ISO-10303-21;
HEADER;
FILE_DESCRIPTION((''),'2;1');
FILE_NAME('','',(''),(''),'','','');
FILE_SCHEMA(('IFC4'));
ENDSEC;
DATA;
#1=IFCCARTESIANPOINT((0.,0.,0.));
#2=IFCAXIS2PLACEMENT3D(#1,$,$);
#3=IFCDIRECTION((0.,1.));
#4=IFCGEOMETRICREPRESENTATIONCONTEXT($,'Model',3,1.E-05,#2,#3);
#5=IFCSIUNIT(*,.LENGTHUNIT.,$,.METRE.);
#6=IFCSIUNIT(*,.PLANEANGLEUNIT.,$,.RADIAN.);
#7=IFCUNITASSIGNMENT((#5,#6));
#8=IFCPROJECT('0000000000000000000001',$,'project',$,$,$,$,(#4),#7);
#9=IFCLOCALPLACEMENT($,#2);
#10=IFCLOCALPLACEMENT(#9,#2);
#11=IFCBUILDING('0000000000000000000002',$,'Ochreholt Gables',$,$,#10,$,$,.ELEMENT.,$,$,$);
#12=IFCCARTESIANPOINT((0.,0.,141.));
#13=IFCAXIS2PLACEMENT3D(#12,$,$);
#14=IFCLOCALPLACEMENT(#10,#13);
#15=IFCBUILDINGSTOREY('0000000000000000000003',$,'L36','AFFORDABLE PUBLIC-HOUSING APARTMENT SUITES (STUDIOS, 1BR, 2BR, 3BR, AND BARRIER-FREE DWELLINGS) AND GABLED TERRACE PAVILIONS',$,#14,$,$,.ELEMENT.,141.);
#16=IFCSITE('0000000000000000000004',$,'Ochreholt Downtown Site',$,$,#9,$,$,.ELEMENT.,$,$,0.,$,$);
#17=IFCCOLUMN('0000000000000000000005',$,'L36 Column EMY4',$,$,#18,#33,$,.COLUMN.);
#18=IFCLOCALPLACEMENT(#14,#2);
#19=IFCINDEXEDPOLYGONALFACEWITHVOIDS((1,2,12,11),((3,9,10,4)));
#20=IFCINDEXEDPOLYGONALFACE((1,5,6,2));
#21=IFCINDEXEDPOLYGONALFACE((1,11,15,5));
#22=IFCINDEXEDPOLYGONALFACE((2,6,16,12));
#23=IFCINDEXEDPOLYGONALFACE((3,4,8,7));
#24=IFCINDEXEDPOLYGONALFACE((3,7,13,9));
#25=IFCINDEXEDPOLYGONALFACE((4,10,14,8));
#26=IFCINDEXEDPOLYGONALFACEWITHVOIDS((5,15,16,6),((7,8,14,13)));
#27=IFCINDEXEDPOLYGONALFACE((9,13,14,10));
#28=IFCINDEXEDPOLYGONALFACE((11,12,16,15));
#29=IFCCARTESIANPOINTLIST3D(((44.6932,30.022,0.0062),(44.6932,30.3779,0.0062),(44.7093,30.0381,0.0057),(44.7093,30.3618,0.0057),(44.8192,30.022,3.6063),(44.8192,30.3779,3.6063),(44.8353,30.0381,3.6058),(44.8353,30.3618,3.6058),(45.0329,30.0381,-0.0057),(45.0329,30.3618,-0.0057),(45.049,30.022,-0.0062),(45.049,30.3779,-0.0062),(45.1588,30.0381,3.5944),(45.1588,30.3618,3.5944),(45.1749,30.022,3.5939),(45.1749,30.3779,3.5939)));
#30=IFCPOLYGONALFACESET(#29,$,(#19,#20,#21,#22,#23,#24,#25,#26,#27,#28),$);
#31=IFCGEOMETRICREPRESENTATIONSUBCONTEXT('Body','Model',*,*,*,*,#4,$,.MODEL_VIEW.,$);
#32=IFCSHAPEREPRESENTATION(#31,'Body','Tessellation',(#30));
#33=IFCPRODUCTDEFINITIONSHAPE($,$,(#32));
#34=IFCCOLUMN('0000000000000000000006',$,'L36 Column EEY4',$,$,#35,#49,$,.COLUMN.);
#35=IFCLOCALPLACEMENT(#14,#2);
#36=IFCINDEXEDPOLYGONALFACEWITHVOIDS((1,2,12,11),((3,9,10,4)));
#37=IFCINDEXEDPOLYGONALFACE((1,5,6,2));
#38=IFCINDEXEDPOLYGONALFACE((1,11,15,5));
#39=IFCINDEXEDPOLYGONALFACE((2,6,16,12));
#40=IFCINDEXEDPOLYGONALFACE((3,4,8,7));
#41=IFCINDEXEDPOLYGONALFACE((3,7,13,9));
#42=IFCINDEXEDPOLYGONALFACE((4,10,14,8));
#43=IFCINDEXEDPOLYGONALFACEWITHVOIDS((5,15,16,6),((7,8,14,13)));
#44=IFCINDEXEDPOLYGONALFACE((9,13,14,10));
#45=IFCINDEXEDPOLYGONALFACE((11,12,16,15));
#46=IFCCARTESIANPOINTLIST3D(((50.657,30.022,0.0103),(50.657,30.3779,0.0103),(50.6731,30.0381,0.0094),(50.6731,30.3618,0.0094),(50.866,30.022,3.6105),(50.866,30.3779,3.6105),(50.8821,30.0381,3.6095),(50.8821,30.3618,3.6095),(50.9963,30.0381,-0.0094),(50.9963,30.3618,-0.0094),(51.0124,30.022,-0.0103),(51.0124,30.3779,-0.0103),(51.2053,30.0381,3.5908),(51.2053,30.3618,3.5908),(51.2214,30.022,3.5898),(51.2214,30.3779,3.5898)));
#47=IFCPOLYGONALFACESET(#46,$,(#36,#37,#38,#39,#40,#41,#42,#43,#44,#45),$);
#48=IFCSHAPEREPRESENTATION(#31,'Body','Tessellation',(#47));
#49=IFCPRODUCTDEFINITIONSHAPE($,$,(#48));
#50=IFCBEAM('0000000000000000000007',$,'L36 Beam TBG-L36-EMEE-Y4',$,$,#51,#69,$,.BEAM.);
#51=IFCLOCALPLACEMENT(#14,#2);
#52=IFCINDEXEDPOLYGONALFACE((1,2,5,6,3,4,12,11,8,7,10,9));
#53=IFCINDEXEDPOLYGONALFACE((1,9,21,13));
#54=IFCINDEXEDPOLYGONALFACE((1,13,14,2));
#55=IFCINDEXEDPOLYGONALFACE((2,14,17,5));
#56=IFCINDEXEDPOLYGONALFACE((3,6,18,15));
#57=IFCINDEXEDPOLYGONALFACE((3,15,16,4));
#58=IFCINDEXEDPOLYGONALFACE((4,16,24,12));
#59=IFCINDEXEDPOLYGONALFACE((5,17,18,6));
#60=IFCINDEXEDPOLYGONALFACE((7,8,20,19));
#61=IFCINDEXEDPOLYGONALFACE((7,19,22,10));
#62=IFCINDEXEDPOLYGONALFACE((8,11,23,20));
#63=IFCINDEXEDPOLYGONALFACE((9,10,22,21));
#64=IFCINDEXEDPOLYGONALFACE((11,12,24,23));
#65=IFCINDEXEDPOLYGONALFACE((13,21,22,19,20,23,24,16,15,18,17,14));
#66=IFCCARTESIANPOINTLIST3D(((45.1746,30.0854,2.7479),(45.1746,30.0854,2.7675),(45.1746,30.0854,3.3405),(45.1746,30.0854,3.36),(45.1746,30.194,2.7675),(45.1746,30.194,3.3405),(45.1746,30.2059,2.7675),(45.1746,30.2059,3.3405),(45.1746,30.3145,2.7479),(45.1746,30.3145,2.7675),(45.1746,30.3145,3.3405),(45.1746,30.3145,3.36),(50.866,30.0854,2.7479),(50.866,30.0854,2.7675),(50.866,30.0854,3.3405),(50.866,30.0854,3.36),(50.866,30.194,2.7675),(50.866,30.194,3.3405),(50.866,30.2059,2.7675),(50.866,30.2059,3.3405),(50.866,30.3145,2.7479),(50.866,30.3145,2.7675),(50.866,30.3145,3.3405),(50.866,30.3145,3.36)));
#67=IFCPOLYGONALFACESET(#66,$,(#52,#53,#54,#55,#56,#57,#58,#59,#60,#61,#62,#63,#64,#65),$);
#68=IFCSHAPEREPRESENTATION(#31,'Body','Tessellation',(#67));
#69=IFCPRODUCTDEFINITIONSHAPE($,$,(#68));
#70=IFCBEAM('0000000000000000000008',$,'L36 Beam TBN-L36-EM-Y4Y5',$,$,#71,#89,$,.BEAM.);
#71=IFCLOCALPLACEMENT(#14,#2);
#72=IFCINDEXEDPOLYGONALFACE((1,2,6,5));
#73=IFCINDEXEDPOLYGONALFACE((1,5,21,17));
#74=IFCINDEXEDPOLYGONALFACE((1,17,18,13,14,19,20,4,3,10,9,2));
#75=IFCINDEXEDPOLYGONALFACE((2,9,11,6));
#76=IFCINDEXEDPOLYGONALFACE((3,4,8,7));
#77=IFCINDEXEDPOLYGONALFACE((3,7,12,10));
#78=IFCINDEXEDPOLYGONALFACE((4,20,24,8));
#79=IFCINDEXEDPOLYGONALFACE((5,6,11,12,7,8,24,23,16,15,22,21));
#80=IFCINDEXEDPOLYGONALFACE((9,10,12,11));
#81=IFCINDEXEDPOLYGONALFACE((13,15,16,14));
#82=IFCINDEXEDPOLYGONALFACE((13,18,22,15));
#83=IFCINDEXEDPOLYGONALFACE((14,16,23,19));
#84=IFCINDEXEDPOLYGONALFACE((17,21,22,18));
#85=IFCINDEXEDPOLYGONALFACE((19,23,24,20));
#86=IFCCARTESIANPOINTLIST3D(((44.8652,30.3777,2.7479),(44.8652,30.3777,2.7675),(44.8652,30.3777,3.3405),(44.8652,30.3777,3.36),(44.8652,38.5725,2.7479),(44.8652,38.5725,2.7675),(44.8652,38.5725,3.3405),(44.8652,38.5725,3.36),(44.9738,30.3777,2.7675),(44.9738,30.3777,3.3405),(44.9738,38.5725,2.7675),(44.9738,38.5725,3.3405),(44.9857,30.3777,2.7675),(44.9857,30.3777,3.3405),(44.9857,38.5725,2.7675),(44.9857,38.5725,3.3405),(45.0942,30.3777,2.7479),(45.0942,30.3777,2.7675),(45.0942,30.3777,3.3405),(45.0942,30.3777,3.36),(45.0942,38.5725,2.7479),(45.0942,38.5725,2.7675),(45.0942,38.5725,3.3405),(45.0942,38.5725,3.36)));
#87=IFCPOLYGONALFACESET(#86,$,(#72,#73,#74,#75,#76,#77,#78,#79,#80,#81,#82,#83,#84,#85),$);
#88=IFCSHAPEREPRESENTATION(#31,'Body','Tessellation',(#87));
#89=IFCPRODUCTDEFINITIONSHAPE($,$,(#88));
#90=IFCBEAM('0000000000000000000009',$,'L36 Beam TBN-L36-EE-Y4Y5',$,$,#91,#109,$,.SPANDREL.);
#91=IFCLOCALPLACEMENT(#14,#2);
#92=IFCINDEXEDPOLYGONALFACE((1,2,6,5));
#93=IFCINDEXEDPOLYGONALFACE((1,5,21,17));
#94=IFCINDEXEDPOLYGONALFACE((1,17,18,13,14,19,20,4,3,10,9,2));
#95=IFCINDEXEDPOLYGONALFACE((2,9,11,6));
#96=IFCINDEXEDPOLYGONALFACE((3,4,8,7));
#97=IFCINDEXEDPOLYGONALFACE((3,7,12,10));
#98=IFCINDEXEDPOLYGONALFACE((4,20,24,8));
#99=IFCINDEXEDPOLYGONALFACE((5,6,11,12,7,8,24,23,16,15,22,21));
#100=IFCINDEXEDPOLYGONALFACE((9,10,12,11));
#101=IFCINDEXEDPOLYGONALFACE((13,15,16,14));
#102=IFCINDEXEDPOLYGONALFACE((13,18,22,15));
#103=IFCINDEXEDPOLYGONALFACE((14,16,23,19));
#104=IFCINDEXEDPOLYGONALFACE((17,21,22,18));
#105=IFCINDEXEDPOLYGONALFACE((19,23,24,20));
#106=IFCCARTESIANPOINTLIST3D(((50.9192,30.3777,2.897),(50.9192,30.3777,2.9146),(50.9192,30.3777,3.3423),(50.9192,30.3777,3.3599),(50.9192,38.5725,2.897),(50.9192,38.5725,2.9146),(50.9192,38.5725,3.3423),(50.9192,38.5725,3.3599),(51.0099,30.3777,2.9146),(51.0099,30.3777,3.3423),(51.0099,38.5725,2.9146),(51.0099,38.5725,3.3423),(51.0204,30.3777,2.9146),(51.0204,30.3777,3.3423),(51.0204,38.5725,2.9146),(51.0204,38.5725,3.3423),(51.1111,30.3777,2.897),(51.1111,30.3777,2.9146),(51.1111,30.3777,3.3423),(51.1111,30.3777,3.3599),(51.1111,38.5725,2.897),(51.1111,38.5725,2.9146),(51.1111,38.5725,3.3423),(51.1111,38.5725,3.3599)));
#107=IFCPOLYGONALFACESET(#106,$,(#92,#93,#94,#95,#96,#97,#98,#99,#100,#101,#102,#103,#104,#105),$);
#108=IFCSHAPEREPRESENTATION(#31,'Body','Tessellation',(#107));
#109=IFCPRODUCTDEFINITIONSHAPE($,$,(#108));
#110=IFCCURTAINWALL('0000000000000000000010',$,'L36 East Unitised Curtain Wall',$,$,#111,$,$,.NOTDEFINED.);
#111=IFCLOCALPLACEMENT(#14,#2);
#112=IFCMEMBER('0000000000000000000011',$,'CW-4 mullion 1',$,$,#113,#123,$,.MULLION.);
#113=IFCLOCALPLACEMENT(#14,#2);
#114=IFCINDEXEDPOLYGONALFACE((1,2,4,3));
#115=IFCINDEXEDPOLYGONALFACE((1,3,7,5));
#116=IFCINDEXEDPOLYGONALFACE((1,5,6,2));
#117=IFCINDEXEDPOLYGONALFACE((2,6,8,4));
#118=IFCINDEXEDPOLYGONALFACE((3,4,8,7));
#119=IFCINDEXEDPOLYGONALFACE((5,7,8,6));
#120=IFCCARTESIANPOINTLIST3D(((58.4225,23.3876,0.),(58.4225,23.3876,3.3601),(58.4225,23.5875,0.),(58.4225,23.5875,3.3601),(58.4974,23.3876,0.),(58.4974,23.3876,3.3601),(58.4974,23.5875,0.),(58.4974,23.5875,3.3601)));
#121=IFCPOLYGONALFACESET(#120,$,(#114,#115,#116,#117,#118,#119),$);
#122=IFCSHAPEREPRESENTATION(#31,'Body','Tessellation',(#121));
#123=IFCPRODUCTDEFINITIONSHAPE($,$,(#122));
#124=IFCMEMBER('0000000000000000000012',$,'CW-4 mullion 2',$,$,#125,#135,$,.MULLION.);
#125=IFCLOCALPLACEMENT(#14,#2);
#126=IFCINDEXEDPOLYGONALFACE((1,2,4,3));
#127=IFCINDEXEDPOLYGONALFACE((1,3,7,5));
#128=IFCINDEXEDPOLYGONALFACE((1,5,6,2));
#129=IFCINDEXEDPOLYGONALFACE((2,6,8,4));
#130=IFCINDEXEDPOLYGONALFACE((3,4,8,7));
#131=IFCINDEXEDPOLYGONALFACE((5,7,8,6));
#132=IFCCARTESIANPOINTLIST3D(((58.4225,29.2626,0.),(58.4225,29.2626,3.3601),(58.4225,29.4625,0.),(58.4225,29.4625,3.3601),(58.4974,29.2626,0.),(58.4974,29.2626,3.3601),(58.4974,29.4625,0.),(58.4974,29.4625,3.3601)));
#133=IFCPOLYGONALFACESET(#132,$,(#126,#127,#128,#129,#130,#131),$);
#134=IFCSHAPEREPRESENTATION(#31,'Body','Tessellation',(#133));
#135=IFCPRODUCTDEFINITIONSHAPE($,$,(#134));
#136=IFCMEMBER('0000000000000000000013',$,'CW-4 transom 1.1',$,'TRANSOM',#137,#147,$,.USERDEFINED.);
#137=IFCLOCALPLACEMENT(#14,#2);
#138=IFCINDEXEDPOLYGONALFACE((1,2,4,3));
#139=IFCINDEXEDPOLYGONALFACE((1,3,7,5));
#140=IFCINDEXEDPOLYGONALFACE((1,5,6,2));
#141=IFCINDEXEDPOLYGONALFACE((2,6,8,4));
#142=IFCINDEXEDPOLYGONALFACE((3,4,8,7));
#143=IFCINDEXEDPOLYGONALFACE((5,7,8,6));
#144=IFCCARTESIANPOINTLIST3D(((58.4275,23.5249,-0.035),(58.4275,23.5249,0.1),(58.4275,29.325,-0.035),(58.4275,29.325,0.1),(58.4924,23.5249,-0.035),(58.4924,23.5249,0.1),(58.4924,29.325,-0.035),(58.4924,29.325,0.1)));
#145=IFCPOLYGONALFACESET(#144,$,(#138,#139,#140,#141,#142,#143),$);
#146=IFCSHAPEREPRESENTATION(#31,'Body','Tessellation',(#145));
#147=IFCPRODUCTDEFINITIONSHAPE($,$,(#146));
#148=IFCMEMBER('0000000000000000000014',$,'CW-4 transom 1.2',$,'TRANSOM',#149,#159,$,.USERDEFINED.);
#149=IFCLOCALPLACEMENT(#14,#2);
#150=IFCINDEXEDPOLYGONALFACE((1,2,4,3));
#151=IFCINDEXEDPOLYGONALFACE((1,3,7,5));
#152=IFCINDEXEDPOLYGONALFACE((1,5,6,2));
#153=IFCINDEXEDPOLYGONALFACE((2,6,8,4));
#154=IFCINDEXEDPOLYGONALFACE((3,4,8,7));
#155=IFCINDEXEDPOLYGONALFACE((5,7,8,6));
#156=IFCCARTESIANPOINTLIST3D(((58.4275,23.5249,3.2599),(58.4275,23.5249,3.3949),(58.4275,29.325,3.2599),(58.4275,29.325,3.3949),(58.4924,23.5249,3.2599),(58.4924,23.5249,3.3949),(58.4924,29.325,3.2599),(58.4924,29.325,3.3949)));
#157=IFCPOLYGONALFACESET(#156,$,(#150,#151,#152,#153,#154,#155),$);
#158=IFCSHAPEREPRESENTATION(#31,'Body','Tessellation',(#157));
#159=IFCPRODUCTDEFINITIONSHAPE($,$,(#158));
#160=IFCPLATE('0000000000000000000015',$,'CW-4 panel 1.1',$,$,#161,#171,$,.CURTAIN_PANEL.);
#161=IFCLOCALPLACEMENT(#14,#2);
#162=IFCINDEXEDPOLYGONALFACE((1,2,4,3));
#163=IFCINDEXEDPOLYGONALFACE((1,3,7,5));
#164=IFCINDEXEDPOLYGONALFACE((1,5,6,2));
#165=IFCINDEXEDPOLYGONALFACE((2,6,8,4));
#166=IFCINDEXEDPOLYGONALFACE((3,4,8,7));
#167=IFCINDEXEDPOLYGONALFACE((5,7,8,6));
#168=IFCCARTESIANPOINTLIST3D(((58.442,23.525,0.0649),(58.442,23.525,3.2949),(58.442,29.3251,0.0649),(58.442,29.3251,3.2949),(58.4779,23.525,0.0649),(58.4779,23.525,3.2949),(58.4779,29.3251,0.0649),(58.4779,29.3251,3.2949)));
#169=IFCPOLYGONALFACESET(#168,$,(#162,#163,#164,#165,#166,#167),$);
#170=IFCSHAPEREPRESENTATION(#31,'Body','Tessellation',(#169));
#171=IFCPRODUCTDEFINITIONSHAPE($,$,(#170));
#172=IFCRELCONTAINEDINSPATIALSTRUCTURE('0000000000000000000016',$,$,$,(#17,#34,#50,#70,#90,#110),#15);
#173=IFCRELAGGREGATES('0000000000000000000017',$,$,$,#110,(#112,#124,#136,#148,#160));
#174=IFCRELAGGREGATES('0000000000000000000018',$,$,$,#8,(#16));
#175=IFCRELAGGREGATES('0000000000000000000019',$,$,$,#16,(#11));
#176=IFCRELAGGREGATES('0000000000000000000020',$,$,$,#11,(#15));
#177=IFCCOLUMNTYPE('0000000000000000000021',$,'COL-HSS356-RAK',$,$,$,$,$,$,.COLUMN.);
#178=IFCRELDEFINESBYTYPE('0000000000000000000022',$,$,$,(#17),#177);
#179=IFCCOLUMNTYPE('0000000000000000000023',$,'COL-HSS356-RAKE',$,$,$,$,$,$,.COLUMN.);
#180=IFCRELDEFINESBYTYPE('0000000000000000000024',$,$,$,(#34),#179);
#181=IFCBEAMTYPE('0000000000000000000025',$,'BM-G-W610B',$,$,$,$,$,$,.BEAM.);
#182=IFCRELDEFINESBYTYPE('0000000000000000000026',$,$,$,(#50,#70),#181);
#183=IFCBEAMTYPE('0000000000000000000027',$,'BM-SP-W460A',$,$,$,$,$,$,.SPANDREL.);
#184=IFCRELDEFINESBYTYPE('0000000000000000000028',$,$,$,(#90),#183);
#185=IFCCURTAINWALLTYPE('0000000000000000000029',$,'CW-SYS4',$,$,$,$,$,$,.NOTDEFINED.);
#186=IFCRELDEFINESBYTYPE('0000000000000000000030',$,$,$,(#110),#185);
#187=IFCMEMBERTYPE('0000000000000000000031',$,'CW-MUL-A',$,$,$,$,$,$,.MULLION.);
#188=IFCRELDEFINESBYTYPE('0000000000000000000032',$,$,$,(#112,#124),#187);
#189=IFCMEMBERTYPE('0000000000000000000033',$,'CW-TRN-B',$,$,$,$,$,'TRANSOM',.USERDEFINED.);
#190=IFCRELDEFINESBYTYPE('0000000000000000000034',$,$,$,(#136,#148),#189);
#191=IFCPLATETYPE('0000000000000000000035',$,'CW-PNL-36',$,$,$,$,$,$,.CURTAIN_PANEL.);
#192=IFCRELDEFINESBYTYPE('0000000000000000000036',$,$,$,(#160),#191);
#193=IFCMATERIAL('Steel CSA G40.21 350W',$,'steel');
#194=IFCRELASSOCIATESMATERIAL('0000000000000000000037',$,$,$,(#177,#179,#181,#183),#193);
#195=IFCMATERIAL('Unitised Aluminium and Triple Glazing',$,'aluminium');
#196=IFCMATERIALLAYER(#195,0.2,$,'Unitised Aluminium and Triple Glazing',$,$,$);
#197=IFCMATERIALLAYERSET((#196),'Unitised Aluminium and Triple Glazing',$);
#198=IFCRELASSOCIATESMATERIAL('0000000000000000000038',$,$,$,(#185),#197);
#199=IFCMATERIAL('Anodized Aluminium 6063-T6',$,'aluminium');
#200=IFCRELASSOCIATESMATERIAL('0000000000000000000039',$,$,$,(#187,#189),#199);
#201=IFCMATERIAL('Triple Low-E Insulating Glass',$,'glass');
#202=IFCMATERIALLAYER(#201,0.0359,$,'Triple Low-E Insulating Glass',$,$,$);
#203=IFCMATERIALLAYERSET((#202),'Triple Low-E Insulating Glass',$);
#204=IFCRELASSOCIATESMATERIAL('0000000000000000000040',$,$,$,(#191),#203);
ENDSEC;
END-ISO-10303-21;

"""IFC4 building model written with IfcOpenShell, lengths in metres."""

from ifc_helpers import new_model, si_unit, direction, frame, origin, origin_2d, place, context, subcontext, project, spatial, rectangle, hollow_rectangle, i_section, extrude, material, layer, layer_set, material_profile, profile_set, type_object, element, aggregate, save


model = new_model("IFC4")

# Units and contexts
model_context = context("Model", 3, precision=1e-05, world=origin(), true_north=direction((0.0, 1.0)))
body_context = subcontext(model_context, "Body", "Model", "MODEL_VIEW")
ifc_project = project(units=[si_unit("LENGTHUNIT", "METRE"), si_unit("PLANEANGLEUNIT", "RADIAN")], contexts=[model_context])

# Site, building, storey
site_placement = place(None, origin())
site = spatial("IfcSite", under=ifc_project, at=site_placement, Name="Ochreholt Downtown Site", CompositionType="ELEMENT", RefElevation=0.0)
building_placement = place(site_placement, origin())
building = spatial("IfcBuilding", under=site, at=building_placement, Name="Ochreholt Gables", CompositionType="ELEMENT")
storey_placement = place(building_placement, frame((0.0, 0.0, 141.0)))
storey = spatial("IfcBuildingStorey", under=building, at=storey_placement, Name="L36", Description="AFFORDABLE PUBLIC-HOUSING APARTMENT SUITES (STUDIOS, 1BR, 2BR, 3BR, AND BARRIER-FREE DWELLINGS) AND GABLED TERRACE PAVILIONS", CompositionType="ELEMENT", Elevation=141.0)

# Columns
ifc_material_1 = material(Name="Steel CSA G40.21 350W", Category="steel")
ifc_material_profile_1 = material_profile(ifc_material_1, hollow_rectangle(XDim=0.356, YDim=0.356, WallThickness=0.0161, at=origin_2d()), Name="HSS356X356X16")
ifc_profile_set_1 = profile_set([ifc_material_profile_1], Name="Steel CSA G40.21 350W")
column_type_1 = type_object("IfcColumnType", Name="COL-HSS356-RAK", PredefinedType="COLUMN", material=ifc_profile_set_1)
column_1_placement = place(storey_placement, frame((44.8711, 30.2, 0.0), z_axis=(0.034971, 0.0, 0.999388), x_axis=(0.0, 1.0, 0.0)))
element("IfcColumn", 1, at=column_1_placement, inside=storey, type_object=column_type_1, Name="L36 Column EMY4", PredefinedType="COLUMN", context=body_context, shape_type="SweptSolid", body=[
    extrude(hollow_rectangle(XDim=0.356, YDim=0.356, WallThickness=0.0161, at=origin_2d()), origin(), (0.0, 0.0, 1.0), 3.6023),
])
ifc_material_profile_2 = material_profile(ifc_material_1, hollow_rectangle(XDim=0.356, YDim=0.356, WallThickness=0.0161, at=origin_2d()), Name="HSS356X356X16")
ifc_profile_set_2 = profile_set([ifc_material_profile_2], Name="Steel CSA G40.21 350W")
column_type_2 = type_object("IfcColumnType", Name="COL-HSS356-RAKE", PredefinedType="COLUMN", material=ifc_profile_set_2)
column_2_placement = place(storey_placement, frame((50.8347, 30.2, 0.0), z_axis=(0.057952, 0.0, 0.998319), x_axis=(0.0, 1.0, 0.0)))
element("IfcColumn", 2, at=column_2_placement, inside=storey, type_object=column_type_2, Name="L36 Column EEY4", PredefinedType="COLUMN", context=body_context, shape_type="SweptSolid", body=[
    extrude(hollow_rectangle(XDim=0.356, YDim=0.356, WallThickness=0.0161, at=origin_2d()), origin(), (0.0, 0.0, 1.0), 3.6062),
])

# Beams
ifc_material_profile_3 = material_profile(ifc_material_1, i_section(OverallWidth=0.229, OverallDepth=0.6121, WebThickness=0.012, FlangeThickness=0.0195, at=origin_2d()), Name="W610X125")
ifc_profile_set_3 = profile_set([ifc_material_profile_3], Name="Steel CSA G40.21 350W")
beam_type_1 = type_object("IfcBeamType", Name="BM-G-W610B", PredefinedType="BEAM", material=ifc_profile_set_3)
beam_1_placement = place(storey_placement, frame((45.1746, 30.2, 3.054), z_axis=(1.0, 0.0, 0.0), x_axis=(0.0, 1.0, 0.0)))
element("IfcBeam", 3, at=beam_1_placement, inside=storey, type_object=beam_type_1, Name="L36 Beam TBG-L36-EMEE-Y4", PredefinedType="BEAM", context=body_context, shape_type="SweptSolid", body=[
    extrude(i_section(OverallWidth=0.229, OverallDepth=0.6121, WebThickness=0.012, FlangeThickness=0.0195, at=origin_2d()), origin(), (0.0, 0.0, 1.0), 5.6914),
])
beam_2_placement = place(storey_placement, frame((44.9797, 30.3777, 3.054), z_axis=(0.0, 1.0, 0.0), x_axis=(-1.0, 0.0, 0.0)))
element("IfcBeam", 4, at=beam_2_placement, inside=storey, type_object=beam_type_1, Name="L36 Beam TBN-L36-EM-Y4Y5", PredefinedType="BEAM", context=body_context, shape_type="SweptSolid", body=[
    extrude(i_section(OverallWidth=0.229, OverallDepth=0.6121, WebThickness=0.012, FlangeThickness=0.0195, at=origin_2d()), origin(), (0.0, 0.0, 1.0), 8.1948),
])
ifc_material_profile_4 = material_profile(ifc_material_1, i_section(OverallWidth=0.1919, OverallDepth=0.4629, WebThickness=0.0105, FlangeThickness=0.0176, at=origin_2d()), Name="W460X89")
ifc_profile_set_4 = profile_set([ifc_material_profile_4], Name="Steel CSA G40.21 350W")
beam_type_2 = type_object("IfcBeamType", Name="BM-SP-W460A", PredefinedType="SPANDREL", material=ifc_profile_set_4)
beam_3_placement = place(storey_placement, frame((51.0151, 30.3777, 3.1284), z_axis=(0.0, 1.0, 0.0), x_axis=(-1.0, 0.0, 0.0)))
element("IfcBeam", 5, at=beam_3_placement, inside=storey, type_object=beam_type_2, Name="L36 Beam TBN-L36-EE-Y4Y5", PredefinedType="SPANDREL", context=body_context, shape_type="SweptSolid", body=[
    extrude(i_section(OverallWidth=0.1919, OverallDepth=0.4629, WebThickness=0.0105, FlangeThickness=0.0176, at=origin_2d()), origin(), (0.0, 0.0, 1.0), 8.1948),
])

# Curtain wall, members, plate
ifc_material_2 = material(Name="Unitised Aluminium and Triple Glazing", Category="aluminium")
ifc_layer_1 = layer(ifc_material_2, 0.2, Name="Unitised Aluminium and Triple Glazing")
ifc_layer_set_1 = layer_set([ifc_layer_1], Name="Unitised Aluminium and Triple Glazing")
curtain_wall_type = type_object("IfcCurtainWallType", Name="CW-SYS4", PredefinedType="NOTDEFINED", material=ifc_layer_set_1)
curtain_wall_placement = place(storey_placement, origin())
curtain_wall = element("IfcCurtainWall", 6, at=curtain_wall_placement, inside=storey, type_object=curtain_wall_type, Name="L36 East Unitised Curtain Wall", PredefinedType="NOTDEFINED")
ifc_material_3 = material(Name="Anodized Aluminium 6063-T6", Category="aluminium")
ifc_material_profile_5 = material_profile(ifc_material_3, rectangle(XDim=0.075, YDim=0.2, at=origin_2d()), Name="CWM75X200")
ifc_profile_set_5 = profile_set([ifc_material_profile_5], Name="Anodized Aluminium 6063-T6")
member_type_1 = type_object("IfcMemberType", Name="CW-MUL-A", PredefinedType="MULLION", material=ifc_profile_set_5)
member_1_placement = place(storey_placement, frame((58.46, 23.4875, 0.0), z_axis=(0.0, 0.0, 1.0), x_axis=(-1.0, 0.0, 0.0)))
member_1 = element("IfcMember", 7, at=member_1_placement, type_object=member_type_1, Name="CW-4 mullion 1", PredefinedType="MULLION", context=body_context, shape_type="SweptSolid", body=[
    extrude(rectangle(XDim=0.075, YDim=0.2, at=origin_2d()), origin(), (0.0, 0.0, 1.0), 3.3601),
])
member_2_placement = place(storey_placement, frame((58.46, 29.3625, 0.0), z_axis=(0.0, 0.0, 1.0), x_axis=(-1.0, 0.0, 0.0)))
member_2 = element("IfcMember", 8, at=member_2_placement, type_object=member_type_1, Name="CW-4 mullion 2", PredefinedType="MULLION", context=body_context, shape_type="SweptSolid", body=[
    extrude(rectangle(XDim=0.075, YDim=0.2, at=origin_2d()), origin(), (0.0, 0.0, 1.0), 3.3601),
])
ifc_material_profile_6 = material_profile(ifc_material_3, rectangle(XDim=0.0649, YDim=0.135, at=origin_2d()), Name="CWT65X135")
ifc_profile_set_6 = profile_set([ifc_material_profile_6], Name="Anodized Aluminium 6063-T6")
member_type_2 = type_object("IfcMemberType", Name="CW-TRN-B", ElementType="TRANSOM", PredefinedType="USERDEFINED", material=ifc_profile_set_6)
member_3_placement = place(storey_placement, frame((58.46, 23.5249, 0.0325), z_axis=(0.0, 1.0, 0.0), x_axis=(-1.0, 0.0, 0.0)))
member_3 = element("IfcMember", 9, at=member_3_placement, type_object=member_type_2, Name="CW-4 transom 1.1", ObjectType="TRANSOM", PredefinedType="USERDEFINED", context=body_context, shape_type="SweptSolid", body=[
    extrude(rectangle(XDim=0.0649, YDim=0.135, at=origin_2d()), origin(), (0.0, 0.0, 1.0), 5.8),
])
member_4_placement = place(storey_placement, frame((58.46, 23.5249, 3.3274), z_axis=(0.0, 1.0, 0.0), x_axis=(-1.0, 0.0, 0.0)))
member_4 = element("IfcMember", 10, at=member_4_placement, type_object=member_type_2, Name="CW-4 transom 1.2", ObjectType="TRANSOM", PredefinedType="USERDEFINED", context=body_context, shape_type="SweptSolid", body=[
    extrude(rectangle(XDim=0.0649, YDim=0.135, at=origin_2d()), origin(), (0.0, 0.0, 1.0), 5.8),
])
ifc_material_4 = material(Name="Triple Low-E Insulating Glass", Category="glass")
ifc_layer_2 = layer(ifc_material_4, 0.0359, Name="Triple Low-E Insulating Glass")
ifc_layer_set_2 = layer_set([ifc_layer_2], Name="Triple Low-E Insulating Glass")
plate_type = type_object("IfcPlateType", Name="CW-PNL-36", PredefinedType="CURTAIN_PANEL", material=ifc_layer_set_2)
plate_placement = place(storey_placement, frame((58.46, 26.425, 0.0649), z_axis=(0.0, 0.0, 1.0), x_axis=(0.0, 1.0, 0.0)))
plate = element("IfcPlate", 11, at=plate_placement, type_object=plate_type, Name="CW-4 panel 1.1", PredefinedType="CURTAIN_PANEL", context=body_context, shape_type="SweptSolid", body=[
    extrude(rectangle(XDim=5.8, YDim=0.0359, at=origin_2d()), origin(), (0.0, 0.0, 1.0), 3.23),
])
aggregate(curtain_wall, [member_1, member_2, member_3, member_4, plate])

save(model, "model.ifc")
